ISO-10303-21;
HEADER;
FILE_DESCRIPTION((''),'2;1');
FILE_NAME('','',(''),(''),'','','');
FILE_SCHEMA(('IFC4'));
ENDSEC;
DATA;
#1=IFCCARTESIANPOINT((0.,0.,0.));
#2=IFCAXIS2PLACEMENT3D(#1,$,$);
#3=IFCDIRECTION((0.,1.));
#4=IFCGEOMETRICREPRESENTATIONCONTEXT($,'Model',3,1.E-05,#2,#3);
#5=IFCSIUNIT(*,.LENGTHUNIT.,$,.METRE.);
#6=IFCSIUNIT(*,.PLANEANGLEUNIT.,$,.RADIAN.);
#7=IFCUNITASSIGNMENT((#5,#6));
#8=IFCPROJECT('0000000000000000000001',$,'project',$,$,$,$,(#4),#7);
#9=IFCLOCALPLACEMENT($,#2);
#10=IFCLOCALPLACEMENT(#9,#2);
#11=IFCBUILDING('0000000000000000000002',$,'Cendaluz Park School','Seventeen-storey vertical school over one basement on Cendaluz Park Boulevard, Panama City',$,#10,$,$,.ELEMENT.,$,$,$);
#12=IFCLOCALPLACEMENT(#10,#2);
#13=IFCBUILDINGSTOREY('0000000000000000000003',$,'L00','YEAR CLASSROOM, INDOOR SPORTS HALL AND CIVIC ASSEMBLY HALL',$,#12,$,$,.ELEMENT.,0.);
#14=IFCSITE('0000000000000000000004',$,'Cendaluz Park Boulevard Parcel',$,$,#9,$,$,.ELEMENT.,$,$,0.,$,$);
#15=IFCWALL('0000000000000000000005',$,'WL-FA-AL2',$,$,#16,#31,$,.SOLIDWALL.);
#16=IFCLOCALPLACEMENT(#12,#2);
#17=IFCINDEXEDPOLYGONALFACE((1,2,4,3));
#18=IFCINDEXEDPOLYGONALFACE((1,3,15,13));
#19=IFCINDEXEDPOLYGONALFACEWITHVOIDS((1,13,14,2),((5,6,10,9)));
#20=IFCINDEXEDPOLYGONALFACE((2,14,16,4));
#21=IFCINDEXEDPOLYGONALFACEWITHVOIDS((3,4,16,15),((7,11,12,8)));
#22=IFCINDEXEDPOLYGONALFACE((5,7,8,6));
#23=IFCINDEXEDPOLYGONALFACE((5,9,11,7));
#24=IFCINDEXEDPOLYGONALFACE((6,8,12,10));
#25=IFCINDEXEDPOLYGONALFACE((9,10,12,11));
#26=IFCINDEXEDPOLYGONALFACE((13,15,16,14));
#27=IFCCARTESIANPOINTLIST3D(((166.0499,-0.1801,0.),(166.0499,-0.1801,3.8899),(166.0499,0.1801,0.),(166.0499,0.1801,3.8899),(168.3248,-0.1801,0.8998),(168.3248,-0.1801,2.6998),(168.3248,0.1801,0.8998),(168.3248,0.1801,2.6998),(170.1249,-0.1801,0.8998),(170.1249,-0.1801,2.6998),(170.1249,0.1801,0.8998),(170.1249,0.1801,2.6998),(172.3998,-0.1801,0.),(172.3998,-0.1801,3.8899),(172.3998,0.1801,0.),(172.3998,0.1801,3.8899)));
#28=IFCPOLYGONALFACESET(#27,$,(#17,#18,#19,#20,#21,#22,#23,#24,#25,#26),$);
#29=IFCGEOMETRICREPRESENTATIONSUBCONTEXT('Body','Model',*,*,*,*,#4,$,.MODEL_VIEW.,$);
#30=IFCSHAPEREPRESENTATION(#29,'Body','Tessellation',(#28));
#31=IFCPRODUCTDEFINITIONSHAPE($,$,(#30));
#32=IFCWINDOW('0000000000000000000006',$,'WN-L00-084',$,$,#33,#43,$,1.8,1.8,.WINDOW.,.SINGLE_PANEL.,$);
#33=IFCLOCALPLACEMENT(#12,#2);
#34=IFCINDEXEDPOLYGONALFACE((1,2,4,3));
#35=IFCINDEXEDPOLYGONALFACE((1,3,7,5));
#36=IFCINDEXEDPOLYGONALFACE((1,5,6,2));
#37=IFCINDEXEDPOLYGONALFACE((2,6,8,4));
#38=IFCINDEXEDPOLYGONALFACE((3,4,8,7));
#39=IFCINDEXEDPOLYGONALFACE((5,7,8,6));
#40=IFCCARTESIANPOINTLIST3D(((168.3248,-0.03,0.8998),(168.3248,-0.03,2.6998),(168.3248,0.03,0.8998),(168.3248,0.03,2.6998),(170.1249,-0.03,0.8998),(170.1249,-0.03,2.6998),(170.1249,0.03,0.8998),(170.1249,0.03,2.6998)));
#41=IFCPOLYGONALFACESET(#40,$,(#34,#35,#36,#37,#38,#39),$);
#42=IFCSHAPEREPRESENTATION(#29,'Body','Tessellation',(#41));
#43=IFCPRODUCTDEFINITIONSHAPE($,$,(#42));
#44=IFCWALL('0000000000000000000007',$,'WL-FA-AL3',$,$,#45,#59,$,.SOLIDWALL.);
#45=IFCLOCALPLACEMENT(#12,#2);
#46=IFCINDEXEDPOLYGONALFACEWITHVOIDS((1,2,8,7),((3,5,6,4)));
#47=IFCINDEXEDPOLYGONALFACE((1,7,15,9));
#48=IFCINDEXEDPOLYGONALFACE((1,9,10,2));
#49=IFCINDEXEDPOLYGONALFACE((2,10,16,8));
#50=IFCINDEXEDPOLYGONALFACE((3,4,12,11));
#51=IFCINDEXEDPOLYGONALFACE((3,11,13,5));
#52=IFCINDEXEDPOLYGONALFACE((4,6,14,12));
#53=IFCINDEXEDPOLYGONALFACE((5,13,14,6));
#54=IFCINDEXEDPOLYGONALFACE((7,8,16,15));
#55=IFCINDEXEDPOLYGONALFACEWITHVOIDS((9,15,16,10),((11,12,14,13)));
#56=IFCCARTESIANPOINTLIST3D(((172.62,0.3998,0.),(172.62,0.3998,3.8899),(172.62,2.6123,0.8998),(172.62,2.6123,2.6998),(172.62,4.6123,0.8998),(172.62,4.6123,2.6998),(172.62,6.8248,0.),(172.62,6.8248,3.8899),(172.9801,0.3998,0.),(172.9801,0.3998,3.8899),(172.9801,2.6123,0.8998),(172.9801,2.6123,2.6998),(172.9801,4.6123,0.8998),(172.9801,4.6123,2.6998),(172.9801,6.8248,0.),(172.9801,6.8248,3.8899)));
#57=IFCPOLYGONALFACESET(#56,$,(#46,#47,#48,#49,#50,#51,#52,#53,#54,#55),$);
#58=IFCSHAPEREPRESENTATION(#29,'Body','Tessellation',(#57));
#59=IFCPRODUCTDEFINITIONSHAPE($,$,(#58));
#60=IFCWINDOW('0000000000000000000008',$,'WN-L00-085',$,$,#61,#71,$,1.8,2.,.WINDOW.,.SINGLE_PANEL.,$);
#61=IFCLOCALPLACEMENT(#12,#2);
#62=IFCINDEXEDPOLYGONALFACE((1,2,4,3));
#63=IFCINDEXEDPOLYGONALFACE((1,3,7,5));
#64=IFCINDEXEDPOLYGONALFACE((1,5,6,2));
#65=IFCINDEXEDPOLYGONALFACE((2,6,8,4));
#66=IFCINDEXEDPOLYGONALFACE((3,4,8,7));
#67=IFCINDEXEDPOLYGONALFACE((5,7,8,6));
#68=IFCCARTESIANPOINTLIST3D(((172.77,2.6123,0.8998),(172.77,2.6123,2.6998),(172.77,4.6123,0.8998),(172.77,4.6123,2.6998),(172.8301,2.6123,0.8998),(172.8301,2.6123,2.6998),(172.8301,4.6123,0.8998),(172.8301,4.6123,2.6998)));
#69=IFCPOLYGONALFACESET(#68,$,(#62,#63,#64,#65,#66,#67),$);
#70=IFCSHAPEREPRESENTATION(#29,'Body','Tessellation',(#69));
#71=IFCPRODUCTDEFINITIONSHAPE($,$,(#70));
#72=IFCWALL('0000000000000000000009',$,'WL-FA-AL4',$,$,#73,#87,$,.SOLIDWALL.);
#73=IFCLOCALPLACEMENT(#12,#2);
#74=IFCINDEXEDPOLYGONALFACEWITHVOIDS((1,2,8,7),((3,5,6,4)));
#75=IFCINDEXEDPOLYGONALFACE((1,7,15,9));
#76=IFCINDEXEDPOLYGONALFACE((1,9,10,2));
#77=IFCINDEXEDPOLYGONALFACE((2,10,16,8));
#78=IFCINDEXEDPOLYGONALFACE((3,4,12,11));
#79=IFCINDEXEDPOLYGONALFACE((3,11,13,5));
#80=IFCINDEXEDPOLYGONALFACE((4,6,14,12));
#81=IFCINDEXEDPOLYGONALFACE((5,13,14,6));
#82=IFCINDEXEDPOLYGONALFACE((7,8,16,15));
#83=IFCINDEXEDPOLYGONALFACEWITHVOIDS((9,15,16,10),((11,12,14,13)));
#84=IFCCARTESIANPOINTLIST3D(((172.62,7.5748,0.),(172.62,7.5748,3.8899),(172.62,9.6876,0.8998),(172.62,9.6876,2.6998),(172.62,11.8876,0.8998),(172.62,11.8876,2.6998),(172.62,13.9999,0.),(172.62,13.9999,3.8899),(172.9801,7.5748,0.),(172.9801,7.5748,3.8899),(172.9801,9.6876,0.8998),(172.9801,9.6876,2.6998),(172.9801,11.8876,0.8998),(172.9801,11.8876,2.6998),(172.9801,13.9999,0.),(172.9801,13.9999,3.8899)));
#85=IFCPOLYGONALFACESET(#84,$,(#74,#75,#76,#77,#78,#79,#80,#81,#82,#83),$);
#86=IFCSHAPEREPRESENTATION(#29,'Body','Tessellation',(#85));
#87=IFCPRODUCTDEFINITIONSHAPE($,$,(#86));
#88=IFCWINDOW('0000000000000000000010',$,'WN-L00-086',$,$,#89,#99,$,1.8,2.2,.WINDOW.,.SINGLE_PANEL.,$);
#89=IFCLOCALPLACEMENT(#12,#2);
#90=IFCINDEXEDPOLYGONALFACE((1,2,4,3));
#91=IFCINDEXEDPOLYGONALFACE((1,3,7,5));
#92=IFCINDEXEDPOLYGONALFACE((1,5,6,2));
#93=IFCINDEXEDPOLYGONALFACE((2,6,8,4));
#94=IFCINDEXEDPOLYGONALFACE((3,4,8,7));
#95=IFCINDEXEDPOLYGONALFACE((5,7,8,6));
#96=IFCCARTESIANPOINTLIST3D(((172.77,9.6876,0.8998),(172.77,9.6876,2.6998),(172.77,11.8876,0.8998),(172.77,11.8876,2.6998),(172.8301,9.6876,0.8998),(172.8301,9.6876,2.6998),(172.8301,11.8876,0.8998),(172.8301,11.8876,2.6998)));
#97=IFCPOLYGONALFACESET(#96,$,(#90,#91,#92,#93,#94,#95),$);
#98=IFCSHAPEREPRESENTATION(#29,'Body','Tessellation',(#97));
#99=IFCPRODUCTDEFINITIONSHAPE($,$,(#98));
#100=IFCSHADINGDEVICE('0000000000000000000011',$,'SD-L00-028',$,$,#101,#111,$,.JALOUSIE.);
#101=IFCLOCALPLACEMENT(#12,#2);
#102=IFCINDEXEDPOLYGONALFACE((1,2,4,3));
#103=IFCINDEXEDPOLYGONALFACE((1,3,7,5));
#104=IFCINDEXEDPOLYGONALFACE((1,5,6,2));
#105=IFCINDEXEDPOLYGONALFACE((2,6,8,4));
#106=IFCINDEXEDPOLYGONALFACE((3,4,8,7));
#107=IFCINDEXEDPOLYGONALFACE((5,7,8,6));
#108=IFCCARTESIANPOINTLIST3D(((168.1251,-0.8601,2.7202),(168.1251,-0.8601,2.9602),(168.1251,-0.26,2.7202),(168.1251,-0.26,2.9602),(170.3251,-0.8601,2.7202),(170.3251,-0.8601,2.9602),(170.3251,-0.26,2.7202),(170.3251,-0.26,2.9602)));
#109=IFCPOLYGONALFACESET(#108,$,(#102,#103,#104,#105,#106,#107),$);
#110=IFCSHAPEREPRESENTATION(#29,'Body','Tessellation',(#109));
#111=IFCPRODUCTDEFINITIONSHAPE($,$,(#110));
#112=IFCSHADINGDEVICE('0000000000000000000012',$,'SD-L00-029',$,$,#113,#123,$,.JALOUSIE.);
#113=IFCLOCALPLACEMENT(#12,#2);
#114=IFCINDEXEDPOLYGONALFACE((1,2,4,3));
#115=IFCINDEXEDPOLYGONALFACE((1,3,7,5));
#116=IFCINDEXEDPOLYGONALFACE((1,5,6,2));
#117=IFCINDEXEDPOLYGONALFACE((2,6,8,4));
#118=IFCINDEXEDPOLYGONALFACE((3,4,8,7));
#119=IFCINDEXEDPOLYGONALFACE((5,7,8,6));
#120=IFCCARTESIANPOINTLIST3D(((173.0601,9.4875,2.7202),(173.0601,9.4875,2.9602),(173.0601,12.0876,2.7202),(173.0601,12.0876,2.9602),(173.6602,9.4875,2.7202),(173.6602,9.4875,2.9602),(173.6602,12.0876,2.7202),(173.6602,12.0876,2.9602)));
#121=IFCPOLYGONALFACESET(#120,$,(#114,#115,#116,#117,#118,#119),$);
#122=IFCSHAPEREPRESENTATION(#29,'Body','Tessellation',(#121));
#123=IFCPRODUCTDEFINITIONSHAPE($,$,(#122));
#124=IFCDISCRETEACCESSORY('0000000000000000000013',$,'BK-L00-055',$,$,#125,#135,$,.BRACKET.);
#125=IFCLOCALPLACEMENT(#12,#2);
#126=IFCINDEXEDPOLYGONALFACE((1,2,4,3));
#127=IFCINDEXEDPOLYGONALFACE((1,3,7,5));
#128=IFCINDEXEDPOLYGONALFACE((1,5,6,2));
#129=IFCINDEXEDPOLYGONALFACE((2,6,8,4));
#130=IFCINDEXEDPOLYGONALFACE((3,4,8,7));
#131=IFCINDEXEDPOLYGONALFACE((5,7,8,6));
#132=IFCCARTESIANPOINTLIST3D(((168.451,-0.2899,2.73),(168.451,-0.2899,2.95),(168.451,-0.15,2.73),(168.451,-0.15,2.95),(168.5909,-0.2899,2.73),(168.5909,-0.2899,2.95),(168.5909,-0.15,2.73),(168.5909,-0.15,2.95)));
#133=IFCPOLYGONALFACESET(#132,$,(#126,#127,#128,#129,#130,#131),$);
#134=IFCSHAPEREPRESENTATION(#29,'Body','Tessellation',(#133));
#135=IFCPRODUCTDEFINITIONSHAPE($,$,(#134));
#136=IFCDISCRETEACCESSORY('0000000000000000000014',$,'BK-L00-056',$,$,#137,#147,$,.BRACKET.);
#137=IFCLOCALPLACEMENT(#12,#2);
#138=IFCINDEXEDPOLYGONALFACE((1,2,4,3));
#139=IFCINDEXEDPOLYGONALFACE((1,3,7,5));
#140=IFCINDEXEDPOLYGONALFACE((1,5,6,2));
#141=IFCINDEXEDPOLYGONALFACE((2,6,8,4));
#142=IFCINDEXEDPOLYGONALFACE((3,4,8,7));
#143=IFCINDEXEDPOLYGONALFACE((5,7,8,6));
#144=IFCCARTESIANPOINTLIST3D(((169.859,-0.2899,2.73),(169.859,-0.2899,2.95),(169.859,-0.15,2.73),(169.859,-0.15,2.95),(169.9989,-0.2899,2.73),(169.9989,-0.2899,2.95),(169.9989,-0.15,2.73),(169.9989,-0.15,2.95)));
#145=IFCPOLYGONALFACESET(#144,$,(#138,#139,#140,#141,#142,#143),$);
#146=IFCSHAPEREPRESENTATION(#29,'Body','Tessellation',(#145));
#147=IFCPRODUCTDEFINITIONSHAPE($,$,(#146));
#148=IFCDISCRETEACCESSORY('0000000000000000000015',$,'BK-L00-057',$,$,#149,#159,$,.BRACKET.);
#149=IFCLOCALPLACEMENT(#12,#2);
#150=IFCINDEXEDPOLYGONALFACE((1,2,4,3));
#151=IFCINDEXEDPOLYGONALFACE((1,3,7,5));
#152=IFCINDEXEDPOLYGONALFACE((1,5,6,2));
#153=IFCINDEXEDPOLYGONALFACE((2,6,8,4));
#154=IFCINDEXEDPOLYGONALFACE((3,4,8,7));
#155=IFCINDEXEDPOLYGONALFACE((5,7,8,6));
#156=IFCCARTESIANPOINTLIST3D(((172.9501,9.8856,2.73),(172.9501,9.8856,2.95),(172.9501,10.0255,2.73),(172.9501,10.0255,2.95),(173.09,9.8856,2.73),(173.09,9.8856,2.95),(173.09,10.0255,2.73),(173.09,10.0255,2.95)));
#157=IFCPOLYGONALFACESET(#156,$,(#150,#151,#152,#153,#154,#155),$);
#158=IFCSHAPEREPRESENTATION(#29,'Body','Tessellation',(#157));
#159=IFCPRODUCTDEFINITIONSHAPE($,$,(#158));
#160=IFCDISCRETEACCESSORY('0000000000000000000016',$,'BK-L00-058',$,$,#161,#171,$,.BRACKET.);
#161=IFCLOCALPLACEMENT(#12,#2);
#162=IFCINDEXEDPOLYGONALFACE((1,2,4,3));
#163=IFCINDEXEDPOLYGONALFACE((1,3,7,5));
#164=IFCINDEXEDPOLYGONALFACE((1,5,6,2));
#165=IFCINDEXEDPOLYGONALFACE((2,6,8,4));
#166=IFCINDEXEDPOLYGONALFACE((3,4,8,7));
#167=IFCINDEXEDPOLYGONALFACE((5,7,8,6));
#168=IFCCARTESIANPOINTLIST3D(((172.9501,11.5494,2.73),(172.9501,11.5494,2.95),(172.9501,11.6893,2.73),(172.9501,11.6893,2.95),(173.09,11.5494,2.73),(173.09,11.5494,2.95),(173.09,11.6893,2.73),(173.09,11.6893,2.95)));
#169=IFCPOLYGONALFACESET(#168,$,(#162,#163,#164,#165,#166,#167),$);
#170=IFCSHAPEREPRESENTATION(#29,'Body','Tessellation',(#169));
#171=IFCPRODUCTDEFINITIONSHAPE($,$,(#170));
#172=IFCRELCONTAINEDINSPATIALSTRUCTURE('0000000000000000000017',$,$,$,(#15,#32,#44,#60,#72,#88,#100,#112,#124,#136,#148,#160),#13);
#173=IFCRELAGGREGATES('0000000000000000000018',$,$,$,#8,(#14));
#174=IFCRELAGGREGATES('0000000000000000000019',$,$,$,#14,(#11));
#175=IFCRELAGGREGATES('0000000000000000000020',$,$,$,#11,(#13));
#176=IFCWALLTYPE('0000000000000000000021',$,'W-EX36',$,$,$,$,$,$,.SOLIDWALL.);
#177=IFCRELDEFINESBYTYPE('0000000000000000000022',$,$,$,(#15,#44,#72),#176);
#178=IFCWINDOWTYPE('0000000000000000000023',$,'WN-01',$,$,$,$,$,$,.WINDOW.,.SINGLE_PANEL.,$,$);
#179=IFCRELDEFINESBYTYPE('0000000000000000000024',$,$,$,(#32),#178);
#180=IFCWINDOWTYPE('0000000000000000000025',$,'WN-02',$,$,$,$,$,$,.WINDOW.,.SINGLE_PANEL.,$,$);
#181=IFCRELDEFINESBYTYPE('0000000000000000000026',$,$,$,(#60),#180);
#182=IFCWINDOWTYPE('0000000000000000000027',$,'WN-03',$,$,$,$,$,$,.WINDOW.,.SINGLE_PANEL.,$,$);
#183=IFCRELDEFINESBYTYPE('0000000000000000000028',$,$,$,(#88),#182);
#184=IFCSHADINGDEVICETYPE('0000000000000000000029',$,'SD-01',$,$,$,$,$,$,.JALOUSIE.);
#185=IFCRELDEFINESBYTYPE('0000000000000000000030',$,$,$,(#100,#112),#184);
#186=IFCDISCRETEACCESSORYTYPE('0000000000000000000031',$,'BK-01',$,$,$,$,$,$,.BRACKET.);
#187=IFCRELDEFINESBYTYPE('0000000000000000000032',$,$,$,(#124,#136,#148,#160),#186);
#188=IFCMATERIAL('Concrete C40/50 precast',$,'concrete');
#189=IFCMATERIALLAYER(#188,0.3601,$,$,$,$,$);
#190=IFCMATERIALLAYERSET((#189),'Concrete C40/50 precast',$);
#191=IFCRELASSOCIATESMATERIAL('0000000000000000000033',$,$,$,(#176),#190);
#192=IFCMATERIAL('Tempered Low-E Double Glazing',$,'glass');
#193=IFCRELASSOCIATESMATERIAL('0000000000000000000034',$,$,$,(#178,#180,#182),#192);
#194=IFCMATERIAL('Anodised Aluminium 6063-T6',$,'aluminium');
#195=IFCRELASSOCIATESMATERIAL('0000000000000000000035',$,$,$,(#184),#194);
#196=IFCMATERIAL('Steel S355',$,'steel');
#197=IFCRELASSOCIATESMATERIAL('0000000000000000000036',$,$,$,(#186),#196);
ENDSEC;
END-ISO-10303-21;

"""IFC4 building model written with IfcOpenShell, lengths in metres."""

from ifc_helpers import new_model, si_unit, direction, frame, frame_2d, origin, origin_2d, place, context, subcontext, project, spatial, rectangle, extrude, material, layer, layer_set, type_object, element, fill, save


model = new_model("IFC4")

# Units and contexts
model_context = context("Model", 3, precision=1e-05, world=origin(), true_north=direction((0.0, 1.0)))
body_context = subcontext(model_context, "Body", "Model", "MODEL_VIEW")
ifc_project = project(units=[si_unit("LENGTHUNIT", "METRE"), si_unit("PLANEANGLEUNIT", "RADIAN")], contexts=[model_context])

# Site, building, storey
site_placement = place(None, origin())
site = spatial("IfcSite", under=ifc_project, at=site_placement, Name="Cendaluz Park Boulevard Parcel", CompositionType="ELEMENT", RefElevation=0.0)
building_placement = place(site_placement, origin())
building = spatial("IfcBuilding", under=site, at=building_placement, Name="Cendaluz Park School", Description="Seventeen-storey vertical school over one basement on Cendaluz Park Boulevard, Panama City", CompositionType="ELEMENT")
storey_placement = place(building_placement, origin())
storey = spatial("IfcBuildingStorey", under=building, at=storey_placement, Name="L00", Description="YEAR CLASSROOM, INDOOR SPORTS HALL AND CIVIC ASSEMBLY HALL", CompositionType="ELEMENT", Elevation=0.0)

# Walls, openings, windows
ifc_material_1 = material(Name="Concrete C40/50 precast", Category="concrete")
ifc_layer_1 = layer(ifc_material_1, 0.3601)
ifc_layer_set_1 = layer_set([ifc_layer_1], Name="Concrete C40/50 precast")
wall_type_1 = type_object("IfcWallType", Name="W-EX36", PredefinedType="SOLIDWALL", material=ifc_layer_set_1)
wall_1_placement = place(storey_placement, frame((166.05, 0.0, 0.0), z_axis=(0.0, 0.0, 1.0), x_axis=(1.0, 0.0, 0.0)))
wall_1 = element("IfcWall", 1, at=wall_1_placement, inside=storey, type_object=wall_type_1, Name="WL-FA-AL2", PredefinedType="SOLIDWALL", context=body_context, shape_type="SweptSolid", body=[
    extrude(rectangle(XDim=6.3499, YDim=0.3601, at=frame_2d((3.1748, 0.0))), origin(), (0.0, 0.0, 1.0), 3.8899),
])
opening_1_placement = place(wall_1_placement, frame((2.2749, 0.0, 0.8999)))
opening_1 = element("IfcOpeningElement", 2, at=opening_1_placement, cuts=wall_1, PredefinedType="OPENING", context=body_context, shape_type="SweptSolid", body=[
    extrude(rectangle(XDim=1.8, YDim=1.8, at=frame_2d((0.8999, 0.8999))), frame((0.0, 0.1921, 0.0), z_axis=(0.0, -1.0, 0.0), x_axis=(1.0, 0.0, 0.0)), (0.0, 0.0, 1.0), 0.384),
])
ifc_material_2 = material(Name="Tempered Low-E Double Glazing", Category="glass")
window_type_1 = type_object("IfcWindowType", Name="WN-01", PartitioningType="SINGLE_PANEL", PredefinedType="WINDOW", material=ifc_material_2)
window_1_placement = place(opening_1_placement, origin())
window_1 = element("IfcWindow", 3, at=window_1_placement, inside=storey, type_object=window_type_1, Name="WN-L00-084", OverallHeight=1.8, OverallWidth=1.8, PartitioningType="SINGLE_PANEL", PredefinedType="WINDOW", context=body_context, shape_type="SweptSolid", body=[
    extrude(rectangle(XDim=1.8, YDim=1.8, at=frame_2d((0.8999, 0.8999))), frame((0.0, 0.03, 0.0), z_axis=(0.0, -1.0, 0.0), x_axis=(1.0, 0.0, 0.0)), (0.0, 0.0, 1.0), 0.0601),
])
fill(opening_1, window_1)
wall_2_placement = place(storey_placement, frame((172.8, 0.3999, 0.0), z_axis=(0.0, 0.0, 1.0), x_axis=(0.0, 1.0, 0.0)))
wall_2 = element("IfcWall", 4, at=wall_2_placement, inside=storey, type_object=wall_type_1, Name="WL-FA-AL3", PredefinedType="SOLIDWALL", context=body_context, shape_type="SweptSolid", body=[
    extrude(rectangle(XDim=6.425, YDim=0.3601, at=frame_2d((3.2124, 0.0))), origin(), (0.0, 0.0, 1.0), 3.8899),
])
opening_2_placement = place(wall_2_placement, frame((2.2124, 0.0, 0.8999)))
opening_2 = element("IfcOpeningElement", 5, at=opening_2_placement, cuts=wall_2, PredefinedType="OPENING", context=body_context, shape_type="SweptSolid", body=[
    extrude(rectangle(XDim=2.0, YDim=1.8, at=frame_2d((1.0, 0.8999))), frame((0.0, 0.1921, 0.0), z_axis=(0.0, -1.0, 0.0), x_axis=(1.0, 0.0, 0.0)), (0.0, 0.0, 1.0), 0.384),
])
window_type_2 = type_object("IfcWindowType", Name="WN-02", PartitioningType="SINGLE_PANEL", PredefinedType="WINDOW", material=ifc_material_2)
window_2_placement = place(opening_2_placement, origin())
window_2 = element("IfcWindow", 6, at=window_2_placement, inside=storey, type_object=window_type_2, Name="WN-L00-085", OverallHeight=1.8, OverallWidth=2.0, PartitioningType="SINGLE_PANEL", PredefinedType="WINDOW", context=body_context, shape_type="SweptSolid", body=[
    extrude(rectangle(XDim=2.0, YDim=1.8, at=frame_2d((1.0, 0.8999))), frame((0.0, 0.03, 0.0), z_axis=(0.0, -1.0, 0.0), x_axis=(1.0, 0.0, 0.0)), (0.0, 0.0, 1.0), 0.0601),
])
fill(opening_2, window_2)
wall_3_placement = place(storey_placement, frame((172.8, 7.575, 0.0), z_axis=(0.0, 0.0, 1.0), x_axis=(0.0, 1.0, 0.0)))
wall_3 = element("IfcWall", 7, at=wall_3_placement, inside=storey, type_object=wall_type_1, Name="WL-FA-AL4", PredefinedType="SOLIDWALL", context=body_context, shape_type="SweptSolid", body=[
    extrude(rectangle(XDim=6.425, YDim=0.3601, at=frame_2d((3.2124, 0.0))), origin(), (0.0, 0.0, 1.0), 3.8899),
])
opening_3_placement = place(wall_3_placement, frame((2.1125, 0.0, 0.8999)))
opening_3 = element("IfcOpeningElement", 8, at=opening_3_placement, cuts=wall_3, PredefinedType="OPENING", context=body_context, shape_type="SweptSolid", body=[
    extrude(rectangle(XDim=2.2, YDim=1.8, at=frame_2d((1.1001, 0.8999))), frame((0.0, 0.1921, 0.0), z_axis=(0.0, -1.0, 0.0), x_axis=(1.0, 0.0, 0.0)), (0.0, 0.0, 1.0), 0.384),
])
window_type_3 = type_object("IfcWindowType", Name="WN-03", PartitioningType="SINGLE_PANEL", PredefinedType="WINDOW", material=ifc_material_2)
window_3_placement = place(opening_3_placement, origin())
window_3 = element("IfcWindow", 9, at=window_3_placement, inside=storey, type_object=window_type_3, Name="WN-L00-086", OverallHeight=1.8, OverallWidth=2.2, PartitioningType="SINGLE_PANEL", PredefinedType="WINDOW", context=body_context, shape_type="SweptSolid", body=[
    extrude(rectangle(XDim=2.2, YDim=1.8, at=frame_2d((1.1001, 0.8999))), frame((0.0, 0.03, 0.0), z_axis=(0.0, -1.0, 0.0), x_axis=(1.0, 0.0, 0.0)), (0.0, 0.0, 1.0), 0.0601),
])
fill(opening_3, window_3)

# Shading devices
ifc_material_3 = material(Name="Anodised Aluminium 6063-T6", Category="aluminium")
shading_device_type = type_object("IfcShadingDeviceType", Name="SD-01", PredefinedType="JALOUSIE", material=ifc_material_3)
shading_device_1_placement = place(storey_placement, frame((169.2251, -0.5601, 2.7202), z_axis=(0.0, 0.0, 1.0), x_axis=(1.0, 0.0, 0.0)))
element("IfcShadingDevice", 10, at=shading_device_1_placement, inside=storey, type_object=shading_device_type, Name="SD-L00-028", PredefinedType="JALOUSIE", context=body_context, shape_type="SweptSolid", body=[
    extrude(rectangle(XDim=2.2, YDim=0.6001, at=origin_2d()), origin(), (0.0, 0.0, 1.0), 0.24),
])
shading_device_2_placement = place(storey_placement, frame((173.3601, 10.7876, 2.7202), z_axis=(0.0, 0.0, 1.0), x_axis=(0.0, 1.0, 0.0)))
element("IfcShadingDevice", 11, at=shading_device_2_placement, inside=storey, type_object=shading_device_type, Name="SD-L00-029", PredefinedType="JALOUSIE", context=body_context, shape_type="SweptSolid", body=[
    extrude(rectangle(XDim=2.6001, YDim=0.6001, at=origin_2d()), origin(), (0.0, 0.0, 1.0), 0.24),
])

# Discrete accessories
ifc_material_4 = material(Name="Steel S355", Category="steel")
discrete_accessory_type = type_object("IfcDiscreteAccessoryType", Name="BK-01", PredefinedType="BRACKET", material=ifc_material_4)
for number, where, z_axis, x_axis, name in (
    (12, (168.521, -0.22, 2.73), (0.0, 0.0, 1.0), (1.0, 0.0, 0.0), "BK-L00-055"),
    (13, (169.929, -0.22, 2.73), (0.0, 0.0, 1.0), (1.0, 0.0, 0.0), "BK-L00-056"),
    (14, (173.02, 9.9556, 2.73), (0.0, 0.0, 1.0), (0.0, 1.0, 0.0), "BK-L00-057"),
    (15, (173.02, 11.6194, 2.73), (0.0, 0.0, 1.0), (0.0, 1.0, 0.0), "BK-L00-058"),
):
    element("IfcDiscreteAccessory", number, at=place(storey_placement, frame(where, z_axis=z_axis, x_axis=x_axis)), inside=storey, type_object=discrete_accessory_type, Name=name, PredefinedType="BRACKET", context=body_context, shape_type="SweptSolid", body=[
        extrude(rectangle(XDim=0.1399, YDim=0.1399, at=origin_2d()), origin(), (0.0, 0.0, 1.0), 0.22),
    ])

save(model, "model.ifc")
